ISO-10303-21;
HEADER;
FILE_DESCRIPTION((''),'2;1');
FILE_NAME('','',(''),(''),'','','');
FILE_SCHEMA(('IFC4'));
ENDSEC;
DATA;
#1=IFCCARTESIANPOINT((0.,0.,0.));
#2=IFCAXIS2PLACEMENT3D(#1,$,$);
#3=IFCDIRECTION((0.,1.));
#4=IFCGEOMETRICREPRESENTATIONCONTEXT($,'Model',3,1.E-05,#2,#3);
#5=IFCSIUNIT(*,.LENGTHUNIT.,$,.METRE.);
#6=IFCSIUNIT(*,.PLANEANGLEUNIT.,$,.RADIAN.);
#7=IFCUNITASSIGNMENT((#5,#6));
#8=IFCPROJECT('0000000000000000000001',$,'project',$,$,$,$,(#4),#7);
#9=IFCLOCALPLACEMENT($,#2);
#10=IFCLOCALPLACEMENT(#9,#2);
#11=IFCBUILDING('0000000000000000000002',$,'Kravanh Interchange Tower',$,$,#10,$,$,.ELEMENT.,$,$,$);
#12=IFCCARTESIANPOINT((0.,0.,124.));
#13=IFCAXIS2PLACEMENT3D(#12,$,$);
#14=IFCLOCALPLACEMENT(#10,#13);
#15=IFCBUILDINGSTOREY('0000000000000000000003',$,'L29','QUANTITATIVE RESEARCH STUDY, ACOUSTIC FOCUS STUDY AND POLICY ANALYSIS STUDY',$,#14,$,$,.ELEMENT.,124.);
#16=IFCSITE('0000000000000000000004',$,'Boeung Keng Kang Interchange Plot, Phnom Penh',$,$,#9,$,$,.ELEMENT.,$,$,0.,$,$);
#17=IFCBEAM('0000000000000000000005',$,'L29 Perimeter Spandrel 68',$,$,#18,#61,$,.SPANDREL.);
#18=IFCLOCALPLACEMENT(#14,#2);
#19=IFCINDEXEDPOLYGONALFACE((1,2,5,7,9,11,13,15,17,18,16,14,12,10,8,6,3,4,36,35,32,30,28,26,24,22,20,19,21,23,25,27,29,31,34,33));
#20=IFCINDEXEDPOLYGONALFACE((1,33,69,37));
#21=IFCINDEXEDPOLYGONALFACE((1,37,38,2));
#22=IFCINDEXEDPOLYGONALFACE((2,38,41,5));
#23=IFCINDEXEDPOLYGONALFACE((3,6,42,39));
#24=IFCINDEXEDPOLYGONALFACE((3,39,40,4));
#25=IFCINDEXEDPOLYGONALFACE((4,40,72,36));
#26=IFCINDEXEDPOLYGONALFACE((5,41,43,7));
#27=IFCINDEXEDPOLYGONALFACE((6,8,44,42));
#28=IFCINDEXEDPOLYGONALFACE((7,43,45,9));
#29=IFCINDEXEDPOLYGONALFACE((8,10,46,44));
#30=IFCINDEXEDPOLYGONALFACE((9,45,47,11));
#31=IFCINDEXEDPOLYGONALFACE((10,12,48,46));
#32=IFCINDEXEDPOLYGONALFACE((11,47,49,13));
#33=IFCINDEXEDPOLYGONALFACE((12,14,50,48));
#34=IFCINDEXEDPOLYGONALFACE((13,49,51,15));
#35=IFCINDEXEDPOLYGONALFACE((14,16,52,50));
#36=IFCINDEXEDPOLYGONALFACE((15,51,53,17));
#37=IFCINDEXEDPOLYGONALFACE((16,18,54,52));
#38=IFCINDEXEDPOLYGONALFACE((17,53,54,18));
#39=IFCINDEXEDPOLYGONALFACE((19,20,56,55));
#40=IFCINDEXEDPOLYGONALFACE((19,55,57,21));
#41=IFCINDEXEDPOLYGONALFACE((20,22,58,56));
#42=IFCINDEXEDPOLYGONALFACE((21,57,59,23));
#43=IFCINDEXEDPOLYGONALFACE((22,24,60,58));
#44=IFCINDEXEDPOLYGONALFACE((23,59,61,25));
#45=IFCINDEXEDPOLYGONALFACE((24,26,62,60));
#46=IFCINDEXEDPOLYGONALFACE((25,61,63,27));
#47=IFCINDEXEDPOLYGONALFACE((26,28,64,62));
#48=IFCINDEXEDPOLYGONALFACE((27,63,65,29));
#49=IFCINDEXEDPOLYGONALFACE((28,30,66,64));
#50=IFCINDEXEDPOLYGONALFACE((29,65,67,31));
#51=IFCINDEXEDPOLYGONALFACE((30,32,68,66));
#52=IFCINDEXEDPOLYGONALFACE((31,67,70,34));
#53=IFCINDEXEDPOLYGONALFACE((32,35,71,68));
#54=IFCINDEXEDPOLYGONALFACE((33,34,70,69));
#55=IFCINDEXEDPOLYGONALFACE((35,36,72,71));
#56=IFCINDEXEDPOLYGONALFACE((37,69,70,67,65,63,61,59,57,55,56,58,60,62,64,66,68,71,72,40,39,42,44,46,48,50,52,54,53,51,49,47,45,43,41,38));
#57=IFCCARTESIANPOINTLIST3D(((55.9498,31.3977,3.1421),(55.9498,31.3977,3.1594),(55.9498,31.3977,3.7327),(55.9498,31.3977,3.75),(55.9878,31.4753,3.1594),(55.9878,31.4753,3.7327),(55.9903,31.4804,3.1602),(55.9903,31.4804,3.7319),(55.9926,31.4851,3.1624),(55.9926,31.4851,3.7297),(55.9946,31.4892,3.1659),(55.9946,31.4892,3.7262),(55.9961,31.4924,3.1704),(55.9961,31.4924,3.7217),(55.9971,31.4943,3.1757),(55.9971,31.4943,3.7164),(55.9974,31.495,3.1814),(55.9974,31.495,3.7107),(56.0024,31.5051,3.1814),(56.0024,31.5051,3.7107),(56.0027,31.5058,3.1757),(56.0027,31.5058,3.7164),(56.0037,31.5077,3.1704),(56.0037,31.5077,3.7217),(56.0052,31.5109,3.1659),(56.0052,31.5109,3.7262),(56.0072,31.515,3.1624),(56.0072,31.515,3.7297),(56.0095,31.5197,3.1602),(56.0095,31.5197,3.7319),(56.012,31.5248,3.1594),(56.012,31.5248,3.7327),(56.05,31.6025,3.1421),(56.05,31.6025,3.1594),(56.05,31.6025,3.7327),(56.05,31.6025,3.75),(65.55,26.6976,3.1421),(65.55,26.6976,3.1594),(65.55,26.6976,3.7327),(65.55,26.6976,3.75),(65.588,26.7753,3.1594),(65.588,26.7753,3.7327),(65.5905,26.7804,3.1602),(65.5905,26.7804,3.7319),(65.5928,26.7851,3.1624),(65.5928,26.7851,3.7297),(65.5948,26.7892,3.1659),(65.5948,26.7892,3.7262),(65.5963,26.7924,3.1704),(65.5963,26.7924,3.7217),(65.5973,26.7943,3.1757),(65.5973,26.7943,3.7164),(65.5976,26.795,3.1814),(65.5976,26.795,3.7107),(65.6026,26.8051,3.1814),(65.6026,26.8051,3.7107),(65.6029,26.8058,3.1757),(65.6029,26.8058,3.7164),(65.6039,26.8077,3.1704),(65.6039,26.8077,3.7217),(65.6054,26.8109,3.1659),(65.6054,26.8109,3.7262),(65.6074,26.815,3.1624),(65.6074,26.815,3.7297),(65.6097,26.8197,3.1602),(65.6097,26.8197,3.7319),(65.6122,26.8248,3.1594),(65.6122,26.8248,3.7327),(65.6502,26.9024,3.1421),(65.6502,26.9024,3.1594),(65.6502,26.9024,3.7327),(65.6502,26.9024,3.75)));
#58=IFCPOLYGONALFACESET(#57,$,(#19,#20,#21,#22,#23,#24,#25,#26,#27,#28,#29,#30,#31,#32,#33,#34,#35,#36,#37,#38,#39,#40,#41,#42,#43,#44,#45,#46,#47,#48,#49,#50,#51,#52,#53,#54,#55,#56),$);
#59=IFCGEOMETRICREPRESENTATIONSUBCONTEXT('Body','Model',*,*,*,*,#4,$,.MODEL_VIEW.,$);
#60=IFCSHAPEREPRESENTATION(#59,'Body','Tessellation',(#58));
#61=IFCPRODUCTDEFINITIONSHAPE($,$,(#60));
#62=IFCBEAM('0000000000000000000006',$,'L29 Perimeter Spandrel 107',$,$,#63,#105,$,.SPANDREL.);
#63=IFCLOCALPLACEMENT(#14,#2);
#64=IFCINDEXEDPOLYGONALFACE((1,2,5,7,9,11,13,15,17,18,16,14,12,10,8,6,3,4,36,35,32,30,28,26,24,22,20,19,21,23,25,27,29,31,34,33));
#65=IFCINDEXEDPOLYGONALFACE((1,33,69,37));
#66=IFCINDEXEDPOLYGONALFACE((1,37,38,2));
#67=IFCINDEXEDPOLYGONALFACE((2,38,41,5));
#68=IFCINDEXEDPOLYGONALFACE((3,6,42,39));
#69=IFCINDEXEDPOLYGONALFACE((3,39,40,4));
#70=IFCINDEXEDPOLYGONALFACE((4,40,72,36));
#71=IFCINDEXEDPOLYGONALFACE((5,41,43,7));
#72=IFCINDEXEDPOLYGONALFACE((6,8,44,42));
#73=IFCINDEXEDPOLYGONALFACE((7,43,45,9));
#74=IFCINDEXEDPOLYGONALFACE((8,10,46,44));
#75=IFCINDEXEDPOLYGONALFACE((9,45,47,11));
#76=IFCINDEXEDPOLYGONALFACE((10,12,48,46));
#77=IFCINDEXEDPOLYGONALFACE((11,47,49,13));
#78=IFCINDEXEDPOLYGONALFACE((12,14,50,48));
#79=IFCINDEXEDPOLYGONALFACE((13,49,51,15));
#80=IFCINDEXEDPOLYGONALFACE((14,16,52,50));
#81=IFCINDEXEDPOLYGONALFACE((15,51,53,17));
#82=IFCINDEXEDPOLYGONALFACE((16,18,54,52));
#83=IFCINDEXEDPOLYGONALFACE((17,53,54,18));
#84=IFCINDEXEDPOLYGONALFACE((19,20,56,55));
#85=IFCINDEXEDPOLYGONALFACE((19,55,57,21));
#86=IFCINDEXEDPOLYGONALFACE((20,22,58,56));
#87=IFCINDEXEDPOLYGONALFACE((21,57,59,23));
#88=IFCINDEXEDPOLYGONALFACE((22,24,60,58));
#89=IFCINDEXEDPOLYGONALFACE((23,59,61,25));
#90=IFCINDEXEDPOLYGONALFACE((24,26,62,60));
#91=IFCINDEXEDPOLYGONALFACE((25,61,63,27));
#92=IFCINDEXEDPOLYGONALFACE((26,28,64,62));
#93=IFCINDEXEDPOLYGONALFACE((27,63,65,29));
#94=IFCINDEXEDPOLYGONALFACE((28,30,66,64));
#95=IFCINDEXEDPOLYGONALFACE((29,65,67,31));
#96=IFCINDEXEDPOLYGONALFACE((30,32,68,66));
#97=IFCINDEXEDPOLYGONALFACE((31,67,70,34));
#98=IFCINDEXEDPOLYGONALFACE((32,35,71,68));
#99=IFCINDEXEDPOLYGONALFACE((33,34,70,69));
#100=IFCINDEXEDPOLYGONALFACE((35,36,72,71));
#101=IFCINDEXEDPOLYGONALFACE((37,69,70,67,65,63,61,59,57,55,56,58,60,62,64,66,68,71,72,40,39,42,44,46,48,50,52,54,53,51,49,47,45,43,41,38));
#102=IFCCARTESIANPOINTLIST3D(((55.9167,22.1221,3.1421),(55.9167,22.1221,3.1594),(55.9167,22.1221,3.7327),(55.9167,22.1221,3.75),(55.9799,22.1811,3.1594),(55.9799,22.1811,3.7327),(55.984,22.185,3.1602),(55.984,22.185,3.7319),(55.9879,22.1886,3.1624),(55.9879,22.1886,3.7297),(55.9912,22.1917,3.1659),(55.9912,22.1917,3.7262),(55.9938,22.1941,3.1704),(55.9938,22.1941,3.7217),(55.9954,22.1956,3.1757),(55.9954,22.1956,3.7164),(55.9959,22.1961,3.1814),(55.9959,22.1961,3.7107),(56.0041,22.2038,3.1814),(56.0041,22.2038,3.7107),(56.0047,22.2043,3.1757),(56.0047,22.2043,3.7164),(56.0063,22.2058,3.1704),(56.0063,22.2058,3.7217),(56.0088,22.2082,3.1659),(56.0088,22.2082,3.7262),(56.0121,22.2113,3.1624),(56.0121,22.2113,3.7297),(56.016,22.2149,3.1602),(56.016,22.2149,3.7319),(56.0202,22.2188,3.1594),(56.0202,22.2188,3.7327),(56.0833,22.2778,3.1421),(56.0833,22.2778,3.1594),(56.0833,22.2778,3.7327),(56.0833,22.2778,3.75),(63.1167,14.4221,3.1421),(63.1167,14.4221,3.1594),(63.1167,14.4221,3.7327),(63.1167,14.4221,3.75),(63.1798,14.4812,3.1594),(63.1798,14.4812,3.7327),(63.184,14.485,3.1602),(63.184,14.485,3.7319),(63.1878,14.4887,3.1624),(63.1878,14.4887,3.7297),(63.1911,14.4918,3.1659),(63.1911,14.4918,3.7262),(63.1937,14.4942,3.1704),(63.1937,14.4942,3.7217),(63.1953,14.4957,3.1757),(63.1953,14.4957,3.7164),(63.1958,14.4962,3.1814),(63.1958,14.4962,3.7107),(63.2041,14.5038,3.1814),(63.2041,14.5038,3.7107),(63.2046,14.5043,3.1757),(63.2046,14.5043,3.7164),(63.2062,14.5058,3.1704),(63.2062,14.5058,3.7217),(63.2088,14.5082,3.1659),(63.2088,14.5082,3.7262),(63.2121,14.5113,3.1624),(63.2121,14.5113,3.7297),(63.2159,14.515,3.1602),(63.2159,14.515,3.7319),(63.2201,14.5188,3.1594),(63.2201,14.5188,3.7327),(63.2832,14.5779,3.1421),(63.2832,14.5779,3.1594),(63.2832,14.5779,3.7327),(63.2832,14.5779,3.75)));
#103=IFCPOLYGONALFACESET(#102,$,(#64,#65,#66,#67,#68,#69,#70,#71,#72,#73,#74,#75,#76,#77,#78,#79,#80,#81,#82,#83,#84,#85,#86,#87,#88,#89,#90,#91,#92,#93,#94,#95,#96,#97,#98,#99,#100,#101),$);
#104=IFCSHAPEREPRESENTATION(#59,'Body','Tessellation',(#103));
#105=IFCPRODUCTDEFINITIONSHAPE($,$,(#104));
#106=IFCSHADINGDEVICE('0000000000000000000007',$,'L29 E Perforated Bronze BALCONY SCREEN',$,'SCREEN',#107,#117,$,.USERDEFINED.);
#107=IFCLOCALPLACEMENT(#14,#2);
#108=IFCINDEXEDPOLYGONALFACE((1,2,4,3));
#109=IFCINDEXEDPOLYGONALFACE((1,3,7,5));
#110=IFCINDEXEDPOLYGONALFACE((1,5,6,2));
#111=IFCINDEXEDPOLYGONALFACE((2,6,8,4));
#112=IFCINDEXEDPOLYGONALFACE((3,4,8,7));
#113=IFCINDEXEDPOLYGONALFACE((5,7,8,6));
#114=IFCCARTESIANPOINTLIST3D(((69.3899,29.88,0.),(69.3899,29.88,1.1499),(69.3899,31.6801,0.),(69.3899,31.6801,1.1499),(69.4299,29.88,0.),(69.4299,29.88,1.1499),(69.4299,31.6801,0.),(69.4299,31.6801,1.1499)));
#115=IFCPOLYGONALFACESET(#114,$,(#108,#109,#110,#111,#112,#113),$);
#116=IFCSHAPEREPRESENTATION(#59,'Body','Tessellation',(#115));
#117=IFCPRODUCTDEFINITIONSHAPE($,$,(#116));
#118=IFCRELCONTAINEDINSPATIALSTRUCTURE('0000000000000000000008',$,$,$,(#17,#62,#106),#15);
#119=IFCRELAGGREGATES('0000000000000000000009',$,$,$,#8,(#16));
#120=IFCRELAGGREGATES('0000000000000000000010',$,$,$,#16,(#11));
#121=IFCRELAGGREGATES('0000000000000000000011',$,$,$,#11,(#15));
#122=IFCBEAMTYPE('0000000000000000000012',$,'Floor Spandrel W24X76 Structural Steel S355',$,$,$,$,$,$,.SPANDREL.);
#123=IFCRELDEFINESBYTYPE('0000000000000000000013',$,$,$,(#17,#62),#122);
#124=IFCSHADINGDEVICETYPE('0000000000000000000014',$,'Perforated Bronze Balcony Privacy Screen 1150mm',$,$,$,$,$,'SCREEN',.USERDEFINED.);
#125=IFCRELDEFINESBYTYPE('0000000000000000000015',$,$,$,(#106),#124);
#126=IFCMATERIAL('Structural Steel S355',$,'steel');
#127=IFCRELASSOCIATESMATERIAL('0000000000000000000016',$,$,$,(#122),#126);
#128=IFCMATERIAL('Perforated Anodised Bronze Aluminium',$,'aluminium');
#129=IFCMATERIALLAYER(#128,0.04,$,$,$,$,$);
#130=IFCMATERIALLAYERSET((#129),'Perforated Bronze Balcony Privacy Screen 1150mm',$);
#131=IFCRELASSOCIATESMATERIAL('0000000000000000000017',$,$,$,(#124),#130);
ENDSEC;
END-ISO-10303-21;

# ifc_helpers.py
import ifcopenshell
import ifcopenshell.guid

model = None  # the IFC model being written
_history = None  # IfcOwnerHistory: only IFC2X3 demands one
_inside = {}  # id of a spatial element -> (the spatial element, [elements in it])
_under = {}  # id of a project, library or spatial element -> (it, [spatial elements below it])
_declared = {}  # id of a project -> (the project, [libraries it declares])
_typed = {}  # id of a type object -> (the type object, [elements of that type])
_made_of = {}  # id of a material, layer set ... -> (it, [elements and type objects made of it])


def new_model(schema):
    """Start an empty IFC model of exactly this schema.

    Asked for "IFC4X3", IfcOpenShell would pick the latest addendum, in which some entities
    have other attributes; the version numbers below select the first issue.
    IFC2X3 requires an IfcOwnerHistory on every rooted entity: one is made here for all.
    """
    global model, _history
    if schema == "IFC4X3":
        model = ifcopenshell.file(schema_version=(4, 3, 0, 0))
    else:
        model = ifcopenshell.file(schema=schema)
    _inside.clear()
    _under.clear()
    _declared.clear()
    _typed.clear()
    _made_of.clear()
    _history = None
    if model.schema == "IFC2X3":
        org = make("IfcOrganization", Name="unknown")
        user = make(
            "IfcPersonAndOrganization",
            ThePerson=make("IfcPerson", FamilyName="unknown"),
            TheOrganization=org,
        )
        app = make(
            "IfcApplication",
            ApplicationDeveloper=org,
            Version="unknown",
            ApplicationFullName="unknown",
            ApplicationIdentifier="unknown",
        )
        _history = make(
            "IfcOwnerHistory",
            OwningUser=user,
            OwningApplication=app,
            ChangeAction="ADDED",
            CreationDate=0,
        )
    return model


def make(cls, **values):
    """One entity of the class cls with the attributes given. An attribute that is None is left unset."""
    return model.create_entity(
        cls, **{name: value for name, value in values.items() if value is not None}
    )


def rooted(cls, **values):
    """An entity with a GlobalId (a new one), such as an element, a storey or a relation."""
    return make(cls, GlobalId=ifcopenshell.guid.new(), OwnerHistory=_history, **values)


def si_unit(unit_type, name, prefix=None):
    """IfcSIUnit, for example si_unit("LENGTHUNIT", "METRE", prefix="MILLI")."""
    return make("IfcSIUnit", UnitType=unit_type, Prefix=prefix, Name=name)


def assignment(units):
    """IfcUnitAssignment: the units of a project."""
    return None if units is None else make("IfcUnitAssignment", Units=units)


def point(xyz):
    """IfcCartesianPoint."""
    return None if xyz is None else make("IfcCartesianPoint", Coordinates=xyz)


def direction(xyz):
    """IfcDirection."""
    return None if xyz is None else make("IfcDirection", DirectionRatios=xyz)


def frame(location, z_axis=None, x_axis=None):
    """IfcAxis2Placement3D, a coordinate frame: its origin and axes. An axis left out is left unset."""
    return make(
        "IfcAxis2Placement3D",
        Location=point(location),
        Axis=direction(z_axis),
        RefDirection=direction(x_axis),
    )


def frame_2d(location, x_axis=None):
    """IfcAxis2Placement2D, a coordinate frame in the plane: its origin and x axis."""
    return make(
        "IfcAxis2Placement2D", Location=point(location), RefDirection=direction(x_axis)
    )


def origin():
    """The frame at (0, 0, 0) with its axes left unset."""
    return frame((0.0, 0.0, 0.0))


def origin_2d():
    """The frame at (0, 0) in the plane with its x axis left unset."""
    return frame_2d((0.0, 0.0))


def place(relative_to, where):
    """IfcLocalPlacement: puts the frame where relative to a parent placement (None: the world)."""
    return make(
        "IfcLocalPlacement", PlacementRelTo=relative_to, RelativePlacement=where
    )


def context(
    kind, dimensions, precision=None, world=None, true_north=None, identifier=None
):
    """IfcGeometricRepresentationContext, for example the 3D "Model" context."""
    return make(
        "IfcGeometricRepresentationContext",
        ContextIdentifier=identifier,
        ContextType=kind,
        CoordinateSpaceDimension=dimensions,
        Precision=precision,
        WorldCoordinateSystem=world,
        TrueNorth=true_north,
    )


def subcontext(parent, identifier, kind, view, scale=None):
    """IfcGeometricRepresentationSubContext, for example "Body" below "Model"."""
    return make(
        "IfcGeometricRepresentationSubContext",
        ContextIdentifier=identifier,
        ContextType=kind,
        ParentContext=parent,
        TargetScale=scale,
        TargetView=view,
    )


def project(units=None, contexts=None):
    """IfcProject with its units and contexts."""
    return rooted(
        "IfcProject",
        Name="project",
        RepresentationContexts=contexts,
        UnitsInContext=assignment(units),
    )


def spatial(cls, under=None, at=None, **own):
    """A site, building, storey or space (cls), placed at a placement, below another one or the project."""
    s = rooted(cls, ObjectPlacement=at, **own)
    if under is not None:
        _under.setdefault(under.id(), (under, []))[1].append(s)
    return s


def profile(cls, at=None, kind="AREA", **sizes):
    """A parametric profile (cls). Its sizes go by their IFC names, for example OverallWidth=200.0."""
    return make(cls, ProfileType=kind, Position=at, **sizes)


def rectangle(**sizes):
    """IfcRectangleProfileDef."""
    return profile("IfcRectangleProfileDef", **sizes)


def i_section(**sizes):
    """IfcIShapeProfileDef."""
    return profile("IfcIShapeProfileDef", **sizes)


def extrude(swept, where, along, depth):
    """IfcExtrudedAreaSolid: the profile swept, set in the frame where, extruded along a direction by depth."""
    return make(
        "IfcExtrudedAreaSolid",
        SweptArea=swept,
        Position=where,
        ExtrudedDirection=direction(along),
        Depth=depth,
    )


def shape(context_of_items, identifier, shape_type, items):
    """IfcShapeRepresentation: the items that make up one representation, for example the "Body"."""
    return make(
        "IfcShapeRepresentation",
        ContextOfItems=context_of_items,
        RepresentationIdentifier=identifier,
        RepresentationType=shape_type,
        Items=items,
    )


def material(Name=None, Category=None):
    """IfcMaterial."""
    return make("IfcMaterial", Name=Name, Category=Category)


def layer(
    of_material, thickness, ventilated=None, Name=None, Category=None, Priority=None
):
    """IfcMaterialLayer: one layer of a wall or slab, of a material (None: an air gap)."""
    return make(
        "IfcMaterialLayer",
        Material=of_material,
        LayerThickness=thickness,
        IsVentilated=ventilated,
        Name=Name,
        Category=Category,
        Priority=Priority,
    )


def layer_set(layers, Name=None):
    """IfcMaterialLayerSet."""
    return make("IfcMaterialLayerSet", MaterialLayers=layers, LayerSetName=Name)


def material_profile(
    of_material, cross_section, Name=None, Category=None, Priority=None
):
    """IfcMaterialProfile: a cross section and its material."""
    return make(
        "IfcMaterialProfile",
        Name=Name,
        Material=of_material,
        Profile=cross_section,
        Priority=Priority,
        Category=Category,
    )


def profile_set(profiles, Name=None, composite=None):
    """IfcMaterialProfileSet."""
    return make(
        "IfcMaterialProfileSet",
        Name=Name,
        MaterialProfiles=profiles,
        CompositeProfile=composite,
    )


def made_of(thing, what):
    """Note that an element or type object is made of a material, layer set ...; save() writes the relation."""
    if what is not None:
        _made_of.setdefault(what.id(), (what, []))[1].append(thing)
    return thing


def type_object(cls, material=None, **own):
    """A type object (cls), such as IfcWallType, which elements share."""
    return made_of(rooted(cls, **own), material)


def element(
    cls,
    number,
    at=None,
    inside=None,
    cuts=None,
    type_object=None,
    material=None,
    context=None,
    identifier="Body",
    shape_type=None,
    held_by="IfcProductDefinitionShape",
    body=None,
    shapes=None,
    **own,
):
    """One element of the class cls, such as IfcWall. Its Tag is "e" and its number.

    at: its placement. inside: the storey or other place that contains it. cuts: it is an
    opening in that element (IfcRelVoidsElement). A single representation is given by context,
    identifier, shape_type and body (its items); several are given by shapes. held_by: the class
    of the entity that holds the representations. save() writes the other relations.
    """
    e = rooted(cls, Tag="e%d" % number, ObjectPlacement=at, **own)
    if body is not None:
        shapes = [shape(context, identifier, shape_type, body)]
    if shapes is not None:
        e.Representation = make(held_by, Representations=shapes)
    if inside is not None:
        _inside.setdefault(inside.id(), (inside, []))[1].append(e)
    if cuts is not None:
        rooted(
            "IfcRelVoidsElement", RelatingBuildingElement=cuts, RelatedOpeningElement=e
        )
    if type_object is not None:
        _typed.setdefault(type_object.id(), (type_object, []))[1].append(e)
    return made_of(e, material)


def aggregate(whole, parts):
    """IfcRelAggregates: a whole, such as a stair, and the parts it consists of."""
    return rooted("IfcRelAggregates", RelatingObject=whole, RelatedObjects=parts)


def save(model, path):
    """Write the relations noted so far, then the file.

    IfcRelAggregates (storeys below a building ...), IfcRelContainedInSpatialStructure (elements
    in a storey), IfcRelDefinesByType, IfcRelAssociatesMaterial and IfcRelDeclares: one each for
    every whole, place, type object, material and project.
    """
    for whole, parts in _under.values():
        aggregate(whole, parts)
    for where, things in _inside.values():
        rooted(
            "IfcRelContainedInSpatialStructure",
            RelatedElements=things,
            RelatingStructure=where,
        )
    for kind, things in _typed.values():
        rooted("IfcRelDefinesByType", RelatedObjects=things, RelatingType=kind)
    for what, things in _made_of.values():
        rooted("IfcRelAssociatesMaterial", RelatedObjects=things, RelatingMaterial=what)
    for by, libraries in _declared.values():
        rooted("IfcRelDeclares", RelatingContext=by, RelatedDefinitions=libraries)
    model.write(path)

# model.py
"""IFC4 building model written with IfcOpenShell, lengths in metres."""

from ifc_helpers import new_model, si_unit, direction, frame, origin, origin_2d, place, context, subcontext, project, spatial, rectangle, i_section, extrude, material, layer, layer_set, material_profile, profile_set, type_object, element, save


model = new_model("IFC4")

# Units and contexts
model_context = context("Model", 3, precision=1e-05, world=origin(), true_north=direction((0.0, 1.0)))
body_context = subcontext(model_context, "Body", "Model", "MODEL_VIEW")
ifc_project = project(units=[si_unit("LENGTHUNIT", "METRE"), si_unit("PLANEANGLEUNIT", "RADIAN")], contexts=[model_context])

# Site, building, storey
site_placement = place(None, origin())
site = spatial("IfcSite", under=ifc_project, at=site_placement, Name="Boeung Keng Kang Interchange Plot, Phnom Penh", CompositionType="ELEMENT", RefElevation=0.0)
building_placement = place(site_placement, origin())
building = spatial("IfcBuilding", under=site, at=building_placement, Name="Kravanh Interchange Tower", CompositionType="ELEMENT")
storey_placement = place(building_placement, frame((0.0, 0.0, 124.0)))
storey = spatial("IfcBuildingStorey", under=building, at=storey_placement, Name="L29", Description="QUANTITATIVE RESEARCH STUDY, ACOUSTIC FOCUS STUDY AND POLICY ANALYSIS STUDY", CompositionType="ELEMENT", Elevation=124.0)

# Beams
ifc_material_1 = material(Name="Structural Steel S355", Category="steel")
ifc_material_profile_1 = material_profile(ifc_material_1, i_section(OverallWidth=0.228, OverallDepth=0.6079, WebThickness=0.0112, FlangeThickness=0.0173, FilletRadius=0.022, at=origin_2d()), Name="W24X76")
ifc_profile_set_1 = profile_set([ifc_material_profile_1], Name="Structural Steel S355")
beam_type_1 = type_object("IfcBeamType", Name="Floor Spandrel W24X76 Structural Steel S355", PredefinedType="SPANDREL", material=ifc_profile_set_1)
beam_1_placement = place(storey_placement, frame((65.6001, 26.8, 3.446), z_axis=(-0.898142, 0.439706, 0.0), x_axis=(-0.439706, -0.898142, 0.0)))
element("IfcBeam", 1, at=beam_1_placement, inside=storey, type_object=beam_type_1, Name="L29 Perimeter Spandrel 68", PredefinedType="SPANDREL", context=body_context, shape_type="SweptSolid", body=[
    extrude(i_section(OverallWidth=0.228, OverallDepth=0.6079, WebThickness=0.0112, FlangeThickness=0.0173, FilletRadius=0.022, at=origin_2d()), origin(), (0.0, 0.0, 1.0), 10.689),
])
beam_2_placement = place(storey_placement, frame((63.2, 14.5, 3.446), z_axis=(-0.682994, 0.730424, 0.0), x_axis=(-0.730424, -0.682994, 0.0)))
element("IfcBeam", 2, at=beam_2_placement, inside=storey, type_object=beam_type_1, Name="L29 Perimeter Spandrel 107", PredefinedType="SPANDREL", context=body_context, shape_type="SweptSolid", body=[
    extrude(i_section(OverallWidth=0.228, OverallDepth=0.6079, WebThickness=0.0112, FlangeThickness=0.0173, FilletRadius=0.022, at=origin_2d()), origin(), (0.0, 0.0, 1.0), 10.5417),
])

# Shading device
ifc_material_2 = material(Name="Perforated Anodised Bronze Aluminium", Category="aluminium")
ifc_layer_1 = layer(ifc_material_2, 0.04)
ifc_layer_set_1 = layer_set([ifc_layer_1], Name="Perforated Bronze Balcony Privacy Screen 1150mm")
shading_device_type = type_object("IfcShadingDeviceType", Name="Perforated Bronze Balcony Privacy Screen 1150mm", ElementType="SCREEN", PredefinedType="USERDEFINED", material=ifc_layer_set_1)
shading_device_placement = place(storey_placement, frame((69.4099, 30.78, 0.0), z_axis=(0.0, 0.0, 1.0), x_axis=(1.0, 0.0, 0.0)))
element("IfcShadingDevice", 3, at=shading_device_placement, inside=storey, type_object=shading_device_type, Name="L29 E Perforated Bronze BALCONY SCREEN", ObjectType="SCREEN", PredefinedType="USERDEFINED", context=body_context, shape_type="SweptSolid", body=[
    extrude(rectangle(XDim=0.04, YDim=1.8, at=origin_2d()), origin(), (0.0, 0.0, 1.0), 1.1499),
])

save(model, "model.ifc")
